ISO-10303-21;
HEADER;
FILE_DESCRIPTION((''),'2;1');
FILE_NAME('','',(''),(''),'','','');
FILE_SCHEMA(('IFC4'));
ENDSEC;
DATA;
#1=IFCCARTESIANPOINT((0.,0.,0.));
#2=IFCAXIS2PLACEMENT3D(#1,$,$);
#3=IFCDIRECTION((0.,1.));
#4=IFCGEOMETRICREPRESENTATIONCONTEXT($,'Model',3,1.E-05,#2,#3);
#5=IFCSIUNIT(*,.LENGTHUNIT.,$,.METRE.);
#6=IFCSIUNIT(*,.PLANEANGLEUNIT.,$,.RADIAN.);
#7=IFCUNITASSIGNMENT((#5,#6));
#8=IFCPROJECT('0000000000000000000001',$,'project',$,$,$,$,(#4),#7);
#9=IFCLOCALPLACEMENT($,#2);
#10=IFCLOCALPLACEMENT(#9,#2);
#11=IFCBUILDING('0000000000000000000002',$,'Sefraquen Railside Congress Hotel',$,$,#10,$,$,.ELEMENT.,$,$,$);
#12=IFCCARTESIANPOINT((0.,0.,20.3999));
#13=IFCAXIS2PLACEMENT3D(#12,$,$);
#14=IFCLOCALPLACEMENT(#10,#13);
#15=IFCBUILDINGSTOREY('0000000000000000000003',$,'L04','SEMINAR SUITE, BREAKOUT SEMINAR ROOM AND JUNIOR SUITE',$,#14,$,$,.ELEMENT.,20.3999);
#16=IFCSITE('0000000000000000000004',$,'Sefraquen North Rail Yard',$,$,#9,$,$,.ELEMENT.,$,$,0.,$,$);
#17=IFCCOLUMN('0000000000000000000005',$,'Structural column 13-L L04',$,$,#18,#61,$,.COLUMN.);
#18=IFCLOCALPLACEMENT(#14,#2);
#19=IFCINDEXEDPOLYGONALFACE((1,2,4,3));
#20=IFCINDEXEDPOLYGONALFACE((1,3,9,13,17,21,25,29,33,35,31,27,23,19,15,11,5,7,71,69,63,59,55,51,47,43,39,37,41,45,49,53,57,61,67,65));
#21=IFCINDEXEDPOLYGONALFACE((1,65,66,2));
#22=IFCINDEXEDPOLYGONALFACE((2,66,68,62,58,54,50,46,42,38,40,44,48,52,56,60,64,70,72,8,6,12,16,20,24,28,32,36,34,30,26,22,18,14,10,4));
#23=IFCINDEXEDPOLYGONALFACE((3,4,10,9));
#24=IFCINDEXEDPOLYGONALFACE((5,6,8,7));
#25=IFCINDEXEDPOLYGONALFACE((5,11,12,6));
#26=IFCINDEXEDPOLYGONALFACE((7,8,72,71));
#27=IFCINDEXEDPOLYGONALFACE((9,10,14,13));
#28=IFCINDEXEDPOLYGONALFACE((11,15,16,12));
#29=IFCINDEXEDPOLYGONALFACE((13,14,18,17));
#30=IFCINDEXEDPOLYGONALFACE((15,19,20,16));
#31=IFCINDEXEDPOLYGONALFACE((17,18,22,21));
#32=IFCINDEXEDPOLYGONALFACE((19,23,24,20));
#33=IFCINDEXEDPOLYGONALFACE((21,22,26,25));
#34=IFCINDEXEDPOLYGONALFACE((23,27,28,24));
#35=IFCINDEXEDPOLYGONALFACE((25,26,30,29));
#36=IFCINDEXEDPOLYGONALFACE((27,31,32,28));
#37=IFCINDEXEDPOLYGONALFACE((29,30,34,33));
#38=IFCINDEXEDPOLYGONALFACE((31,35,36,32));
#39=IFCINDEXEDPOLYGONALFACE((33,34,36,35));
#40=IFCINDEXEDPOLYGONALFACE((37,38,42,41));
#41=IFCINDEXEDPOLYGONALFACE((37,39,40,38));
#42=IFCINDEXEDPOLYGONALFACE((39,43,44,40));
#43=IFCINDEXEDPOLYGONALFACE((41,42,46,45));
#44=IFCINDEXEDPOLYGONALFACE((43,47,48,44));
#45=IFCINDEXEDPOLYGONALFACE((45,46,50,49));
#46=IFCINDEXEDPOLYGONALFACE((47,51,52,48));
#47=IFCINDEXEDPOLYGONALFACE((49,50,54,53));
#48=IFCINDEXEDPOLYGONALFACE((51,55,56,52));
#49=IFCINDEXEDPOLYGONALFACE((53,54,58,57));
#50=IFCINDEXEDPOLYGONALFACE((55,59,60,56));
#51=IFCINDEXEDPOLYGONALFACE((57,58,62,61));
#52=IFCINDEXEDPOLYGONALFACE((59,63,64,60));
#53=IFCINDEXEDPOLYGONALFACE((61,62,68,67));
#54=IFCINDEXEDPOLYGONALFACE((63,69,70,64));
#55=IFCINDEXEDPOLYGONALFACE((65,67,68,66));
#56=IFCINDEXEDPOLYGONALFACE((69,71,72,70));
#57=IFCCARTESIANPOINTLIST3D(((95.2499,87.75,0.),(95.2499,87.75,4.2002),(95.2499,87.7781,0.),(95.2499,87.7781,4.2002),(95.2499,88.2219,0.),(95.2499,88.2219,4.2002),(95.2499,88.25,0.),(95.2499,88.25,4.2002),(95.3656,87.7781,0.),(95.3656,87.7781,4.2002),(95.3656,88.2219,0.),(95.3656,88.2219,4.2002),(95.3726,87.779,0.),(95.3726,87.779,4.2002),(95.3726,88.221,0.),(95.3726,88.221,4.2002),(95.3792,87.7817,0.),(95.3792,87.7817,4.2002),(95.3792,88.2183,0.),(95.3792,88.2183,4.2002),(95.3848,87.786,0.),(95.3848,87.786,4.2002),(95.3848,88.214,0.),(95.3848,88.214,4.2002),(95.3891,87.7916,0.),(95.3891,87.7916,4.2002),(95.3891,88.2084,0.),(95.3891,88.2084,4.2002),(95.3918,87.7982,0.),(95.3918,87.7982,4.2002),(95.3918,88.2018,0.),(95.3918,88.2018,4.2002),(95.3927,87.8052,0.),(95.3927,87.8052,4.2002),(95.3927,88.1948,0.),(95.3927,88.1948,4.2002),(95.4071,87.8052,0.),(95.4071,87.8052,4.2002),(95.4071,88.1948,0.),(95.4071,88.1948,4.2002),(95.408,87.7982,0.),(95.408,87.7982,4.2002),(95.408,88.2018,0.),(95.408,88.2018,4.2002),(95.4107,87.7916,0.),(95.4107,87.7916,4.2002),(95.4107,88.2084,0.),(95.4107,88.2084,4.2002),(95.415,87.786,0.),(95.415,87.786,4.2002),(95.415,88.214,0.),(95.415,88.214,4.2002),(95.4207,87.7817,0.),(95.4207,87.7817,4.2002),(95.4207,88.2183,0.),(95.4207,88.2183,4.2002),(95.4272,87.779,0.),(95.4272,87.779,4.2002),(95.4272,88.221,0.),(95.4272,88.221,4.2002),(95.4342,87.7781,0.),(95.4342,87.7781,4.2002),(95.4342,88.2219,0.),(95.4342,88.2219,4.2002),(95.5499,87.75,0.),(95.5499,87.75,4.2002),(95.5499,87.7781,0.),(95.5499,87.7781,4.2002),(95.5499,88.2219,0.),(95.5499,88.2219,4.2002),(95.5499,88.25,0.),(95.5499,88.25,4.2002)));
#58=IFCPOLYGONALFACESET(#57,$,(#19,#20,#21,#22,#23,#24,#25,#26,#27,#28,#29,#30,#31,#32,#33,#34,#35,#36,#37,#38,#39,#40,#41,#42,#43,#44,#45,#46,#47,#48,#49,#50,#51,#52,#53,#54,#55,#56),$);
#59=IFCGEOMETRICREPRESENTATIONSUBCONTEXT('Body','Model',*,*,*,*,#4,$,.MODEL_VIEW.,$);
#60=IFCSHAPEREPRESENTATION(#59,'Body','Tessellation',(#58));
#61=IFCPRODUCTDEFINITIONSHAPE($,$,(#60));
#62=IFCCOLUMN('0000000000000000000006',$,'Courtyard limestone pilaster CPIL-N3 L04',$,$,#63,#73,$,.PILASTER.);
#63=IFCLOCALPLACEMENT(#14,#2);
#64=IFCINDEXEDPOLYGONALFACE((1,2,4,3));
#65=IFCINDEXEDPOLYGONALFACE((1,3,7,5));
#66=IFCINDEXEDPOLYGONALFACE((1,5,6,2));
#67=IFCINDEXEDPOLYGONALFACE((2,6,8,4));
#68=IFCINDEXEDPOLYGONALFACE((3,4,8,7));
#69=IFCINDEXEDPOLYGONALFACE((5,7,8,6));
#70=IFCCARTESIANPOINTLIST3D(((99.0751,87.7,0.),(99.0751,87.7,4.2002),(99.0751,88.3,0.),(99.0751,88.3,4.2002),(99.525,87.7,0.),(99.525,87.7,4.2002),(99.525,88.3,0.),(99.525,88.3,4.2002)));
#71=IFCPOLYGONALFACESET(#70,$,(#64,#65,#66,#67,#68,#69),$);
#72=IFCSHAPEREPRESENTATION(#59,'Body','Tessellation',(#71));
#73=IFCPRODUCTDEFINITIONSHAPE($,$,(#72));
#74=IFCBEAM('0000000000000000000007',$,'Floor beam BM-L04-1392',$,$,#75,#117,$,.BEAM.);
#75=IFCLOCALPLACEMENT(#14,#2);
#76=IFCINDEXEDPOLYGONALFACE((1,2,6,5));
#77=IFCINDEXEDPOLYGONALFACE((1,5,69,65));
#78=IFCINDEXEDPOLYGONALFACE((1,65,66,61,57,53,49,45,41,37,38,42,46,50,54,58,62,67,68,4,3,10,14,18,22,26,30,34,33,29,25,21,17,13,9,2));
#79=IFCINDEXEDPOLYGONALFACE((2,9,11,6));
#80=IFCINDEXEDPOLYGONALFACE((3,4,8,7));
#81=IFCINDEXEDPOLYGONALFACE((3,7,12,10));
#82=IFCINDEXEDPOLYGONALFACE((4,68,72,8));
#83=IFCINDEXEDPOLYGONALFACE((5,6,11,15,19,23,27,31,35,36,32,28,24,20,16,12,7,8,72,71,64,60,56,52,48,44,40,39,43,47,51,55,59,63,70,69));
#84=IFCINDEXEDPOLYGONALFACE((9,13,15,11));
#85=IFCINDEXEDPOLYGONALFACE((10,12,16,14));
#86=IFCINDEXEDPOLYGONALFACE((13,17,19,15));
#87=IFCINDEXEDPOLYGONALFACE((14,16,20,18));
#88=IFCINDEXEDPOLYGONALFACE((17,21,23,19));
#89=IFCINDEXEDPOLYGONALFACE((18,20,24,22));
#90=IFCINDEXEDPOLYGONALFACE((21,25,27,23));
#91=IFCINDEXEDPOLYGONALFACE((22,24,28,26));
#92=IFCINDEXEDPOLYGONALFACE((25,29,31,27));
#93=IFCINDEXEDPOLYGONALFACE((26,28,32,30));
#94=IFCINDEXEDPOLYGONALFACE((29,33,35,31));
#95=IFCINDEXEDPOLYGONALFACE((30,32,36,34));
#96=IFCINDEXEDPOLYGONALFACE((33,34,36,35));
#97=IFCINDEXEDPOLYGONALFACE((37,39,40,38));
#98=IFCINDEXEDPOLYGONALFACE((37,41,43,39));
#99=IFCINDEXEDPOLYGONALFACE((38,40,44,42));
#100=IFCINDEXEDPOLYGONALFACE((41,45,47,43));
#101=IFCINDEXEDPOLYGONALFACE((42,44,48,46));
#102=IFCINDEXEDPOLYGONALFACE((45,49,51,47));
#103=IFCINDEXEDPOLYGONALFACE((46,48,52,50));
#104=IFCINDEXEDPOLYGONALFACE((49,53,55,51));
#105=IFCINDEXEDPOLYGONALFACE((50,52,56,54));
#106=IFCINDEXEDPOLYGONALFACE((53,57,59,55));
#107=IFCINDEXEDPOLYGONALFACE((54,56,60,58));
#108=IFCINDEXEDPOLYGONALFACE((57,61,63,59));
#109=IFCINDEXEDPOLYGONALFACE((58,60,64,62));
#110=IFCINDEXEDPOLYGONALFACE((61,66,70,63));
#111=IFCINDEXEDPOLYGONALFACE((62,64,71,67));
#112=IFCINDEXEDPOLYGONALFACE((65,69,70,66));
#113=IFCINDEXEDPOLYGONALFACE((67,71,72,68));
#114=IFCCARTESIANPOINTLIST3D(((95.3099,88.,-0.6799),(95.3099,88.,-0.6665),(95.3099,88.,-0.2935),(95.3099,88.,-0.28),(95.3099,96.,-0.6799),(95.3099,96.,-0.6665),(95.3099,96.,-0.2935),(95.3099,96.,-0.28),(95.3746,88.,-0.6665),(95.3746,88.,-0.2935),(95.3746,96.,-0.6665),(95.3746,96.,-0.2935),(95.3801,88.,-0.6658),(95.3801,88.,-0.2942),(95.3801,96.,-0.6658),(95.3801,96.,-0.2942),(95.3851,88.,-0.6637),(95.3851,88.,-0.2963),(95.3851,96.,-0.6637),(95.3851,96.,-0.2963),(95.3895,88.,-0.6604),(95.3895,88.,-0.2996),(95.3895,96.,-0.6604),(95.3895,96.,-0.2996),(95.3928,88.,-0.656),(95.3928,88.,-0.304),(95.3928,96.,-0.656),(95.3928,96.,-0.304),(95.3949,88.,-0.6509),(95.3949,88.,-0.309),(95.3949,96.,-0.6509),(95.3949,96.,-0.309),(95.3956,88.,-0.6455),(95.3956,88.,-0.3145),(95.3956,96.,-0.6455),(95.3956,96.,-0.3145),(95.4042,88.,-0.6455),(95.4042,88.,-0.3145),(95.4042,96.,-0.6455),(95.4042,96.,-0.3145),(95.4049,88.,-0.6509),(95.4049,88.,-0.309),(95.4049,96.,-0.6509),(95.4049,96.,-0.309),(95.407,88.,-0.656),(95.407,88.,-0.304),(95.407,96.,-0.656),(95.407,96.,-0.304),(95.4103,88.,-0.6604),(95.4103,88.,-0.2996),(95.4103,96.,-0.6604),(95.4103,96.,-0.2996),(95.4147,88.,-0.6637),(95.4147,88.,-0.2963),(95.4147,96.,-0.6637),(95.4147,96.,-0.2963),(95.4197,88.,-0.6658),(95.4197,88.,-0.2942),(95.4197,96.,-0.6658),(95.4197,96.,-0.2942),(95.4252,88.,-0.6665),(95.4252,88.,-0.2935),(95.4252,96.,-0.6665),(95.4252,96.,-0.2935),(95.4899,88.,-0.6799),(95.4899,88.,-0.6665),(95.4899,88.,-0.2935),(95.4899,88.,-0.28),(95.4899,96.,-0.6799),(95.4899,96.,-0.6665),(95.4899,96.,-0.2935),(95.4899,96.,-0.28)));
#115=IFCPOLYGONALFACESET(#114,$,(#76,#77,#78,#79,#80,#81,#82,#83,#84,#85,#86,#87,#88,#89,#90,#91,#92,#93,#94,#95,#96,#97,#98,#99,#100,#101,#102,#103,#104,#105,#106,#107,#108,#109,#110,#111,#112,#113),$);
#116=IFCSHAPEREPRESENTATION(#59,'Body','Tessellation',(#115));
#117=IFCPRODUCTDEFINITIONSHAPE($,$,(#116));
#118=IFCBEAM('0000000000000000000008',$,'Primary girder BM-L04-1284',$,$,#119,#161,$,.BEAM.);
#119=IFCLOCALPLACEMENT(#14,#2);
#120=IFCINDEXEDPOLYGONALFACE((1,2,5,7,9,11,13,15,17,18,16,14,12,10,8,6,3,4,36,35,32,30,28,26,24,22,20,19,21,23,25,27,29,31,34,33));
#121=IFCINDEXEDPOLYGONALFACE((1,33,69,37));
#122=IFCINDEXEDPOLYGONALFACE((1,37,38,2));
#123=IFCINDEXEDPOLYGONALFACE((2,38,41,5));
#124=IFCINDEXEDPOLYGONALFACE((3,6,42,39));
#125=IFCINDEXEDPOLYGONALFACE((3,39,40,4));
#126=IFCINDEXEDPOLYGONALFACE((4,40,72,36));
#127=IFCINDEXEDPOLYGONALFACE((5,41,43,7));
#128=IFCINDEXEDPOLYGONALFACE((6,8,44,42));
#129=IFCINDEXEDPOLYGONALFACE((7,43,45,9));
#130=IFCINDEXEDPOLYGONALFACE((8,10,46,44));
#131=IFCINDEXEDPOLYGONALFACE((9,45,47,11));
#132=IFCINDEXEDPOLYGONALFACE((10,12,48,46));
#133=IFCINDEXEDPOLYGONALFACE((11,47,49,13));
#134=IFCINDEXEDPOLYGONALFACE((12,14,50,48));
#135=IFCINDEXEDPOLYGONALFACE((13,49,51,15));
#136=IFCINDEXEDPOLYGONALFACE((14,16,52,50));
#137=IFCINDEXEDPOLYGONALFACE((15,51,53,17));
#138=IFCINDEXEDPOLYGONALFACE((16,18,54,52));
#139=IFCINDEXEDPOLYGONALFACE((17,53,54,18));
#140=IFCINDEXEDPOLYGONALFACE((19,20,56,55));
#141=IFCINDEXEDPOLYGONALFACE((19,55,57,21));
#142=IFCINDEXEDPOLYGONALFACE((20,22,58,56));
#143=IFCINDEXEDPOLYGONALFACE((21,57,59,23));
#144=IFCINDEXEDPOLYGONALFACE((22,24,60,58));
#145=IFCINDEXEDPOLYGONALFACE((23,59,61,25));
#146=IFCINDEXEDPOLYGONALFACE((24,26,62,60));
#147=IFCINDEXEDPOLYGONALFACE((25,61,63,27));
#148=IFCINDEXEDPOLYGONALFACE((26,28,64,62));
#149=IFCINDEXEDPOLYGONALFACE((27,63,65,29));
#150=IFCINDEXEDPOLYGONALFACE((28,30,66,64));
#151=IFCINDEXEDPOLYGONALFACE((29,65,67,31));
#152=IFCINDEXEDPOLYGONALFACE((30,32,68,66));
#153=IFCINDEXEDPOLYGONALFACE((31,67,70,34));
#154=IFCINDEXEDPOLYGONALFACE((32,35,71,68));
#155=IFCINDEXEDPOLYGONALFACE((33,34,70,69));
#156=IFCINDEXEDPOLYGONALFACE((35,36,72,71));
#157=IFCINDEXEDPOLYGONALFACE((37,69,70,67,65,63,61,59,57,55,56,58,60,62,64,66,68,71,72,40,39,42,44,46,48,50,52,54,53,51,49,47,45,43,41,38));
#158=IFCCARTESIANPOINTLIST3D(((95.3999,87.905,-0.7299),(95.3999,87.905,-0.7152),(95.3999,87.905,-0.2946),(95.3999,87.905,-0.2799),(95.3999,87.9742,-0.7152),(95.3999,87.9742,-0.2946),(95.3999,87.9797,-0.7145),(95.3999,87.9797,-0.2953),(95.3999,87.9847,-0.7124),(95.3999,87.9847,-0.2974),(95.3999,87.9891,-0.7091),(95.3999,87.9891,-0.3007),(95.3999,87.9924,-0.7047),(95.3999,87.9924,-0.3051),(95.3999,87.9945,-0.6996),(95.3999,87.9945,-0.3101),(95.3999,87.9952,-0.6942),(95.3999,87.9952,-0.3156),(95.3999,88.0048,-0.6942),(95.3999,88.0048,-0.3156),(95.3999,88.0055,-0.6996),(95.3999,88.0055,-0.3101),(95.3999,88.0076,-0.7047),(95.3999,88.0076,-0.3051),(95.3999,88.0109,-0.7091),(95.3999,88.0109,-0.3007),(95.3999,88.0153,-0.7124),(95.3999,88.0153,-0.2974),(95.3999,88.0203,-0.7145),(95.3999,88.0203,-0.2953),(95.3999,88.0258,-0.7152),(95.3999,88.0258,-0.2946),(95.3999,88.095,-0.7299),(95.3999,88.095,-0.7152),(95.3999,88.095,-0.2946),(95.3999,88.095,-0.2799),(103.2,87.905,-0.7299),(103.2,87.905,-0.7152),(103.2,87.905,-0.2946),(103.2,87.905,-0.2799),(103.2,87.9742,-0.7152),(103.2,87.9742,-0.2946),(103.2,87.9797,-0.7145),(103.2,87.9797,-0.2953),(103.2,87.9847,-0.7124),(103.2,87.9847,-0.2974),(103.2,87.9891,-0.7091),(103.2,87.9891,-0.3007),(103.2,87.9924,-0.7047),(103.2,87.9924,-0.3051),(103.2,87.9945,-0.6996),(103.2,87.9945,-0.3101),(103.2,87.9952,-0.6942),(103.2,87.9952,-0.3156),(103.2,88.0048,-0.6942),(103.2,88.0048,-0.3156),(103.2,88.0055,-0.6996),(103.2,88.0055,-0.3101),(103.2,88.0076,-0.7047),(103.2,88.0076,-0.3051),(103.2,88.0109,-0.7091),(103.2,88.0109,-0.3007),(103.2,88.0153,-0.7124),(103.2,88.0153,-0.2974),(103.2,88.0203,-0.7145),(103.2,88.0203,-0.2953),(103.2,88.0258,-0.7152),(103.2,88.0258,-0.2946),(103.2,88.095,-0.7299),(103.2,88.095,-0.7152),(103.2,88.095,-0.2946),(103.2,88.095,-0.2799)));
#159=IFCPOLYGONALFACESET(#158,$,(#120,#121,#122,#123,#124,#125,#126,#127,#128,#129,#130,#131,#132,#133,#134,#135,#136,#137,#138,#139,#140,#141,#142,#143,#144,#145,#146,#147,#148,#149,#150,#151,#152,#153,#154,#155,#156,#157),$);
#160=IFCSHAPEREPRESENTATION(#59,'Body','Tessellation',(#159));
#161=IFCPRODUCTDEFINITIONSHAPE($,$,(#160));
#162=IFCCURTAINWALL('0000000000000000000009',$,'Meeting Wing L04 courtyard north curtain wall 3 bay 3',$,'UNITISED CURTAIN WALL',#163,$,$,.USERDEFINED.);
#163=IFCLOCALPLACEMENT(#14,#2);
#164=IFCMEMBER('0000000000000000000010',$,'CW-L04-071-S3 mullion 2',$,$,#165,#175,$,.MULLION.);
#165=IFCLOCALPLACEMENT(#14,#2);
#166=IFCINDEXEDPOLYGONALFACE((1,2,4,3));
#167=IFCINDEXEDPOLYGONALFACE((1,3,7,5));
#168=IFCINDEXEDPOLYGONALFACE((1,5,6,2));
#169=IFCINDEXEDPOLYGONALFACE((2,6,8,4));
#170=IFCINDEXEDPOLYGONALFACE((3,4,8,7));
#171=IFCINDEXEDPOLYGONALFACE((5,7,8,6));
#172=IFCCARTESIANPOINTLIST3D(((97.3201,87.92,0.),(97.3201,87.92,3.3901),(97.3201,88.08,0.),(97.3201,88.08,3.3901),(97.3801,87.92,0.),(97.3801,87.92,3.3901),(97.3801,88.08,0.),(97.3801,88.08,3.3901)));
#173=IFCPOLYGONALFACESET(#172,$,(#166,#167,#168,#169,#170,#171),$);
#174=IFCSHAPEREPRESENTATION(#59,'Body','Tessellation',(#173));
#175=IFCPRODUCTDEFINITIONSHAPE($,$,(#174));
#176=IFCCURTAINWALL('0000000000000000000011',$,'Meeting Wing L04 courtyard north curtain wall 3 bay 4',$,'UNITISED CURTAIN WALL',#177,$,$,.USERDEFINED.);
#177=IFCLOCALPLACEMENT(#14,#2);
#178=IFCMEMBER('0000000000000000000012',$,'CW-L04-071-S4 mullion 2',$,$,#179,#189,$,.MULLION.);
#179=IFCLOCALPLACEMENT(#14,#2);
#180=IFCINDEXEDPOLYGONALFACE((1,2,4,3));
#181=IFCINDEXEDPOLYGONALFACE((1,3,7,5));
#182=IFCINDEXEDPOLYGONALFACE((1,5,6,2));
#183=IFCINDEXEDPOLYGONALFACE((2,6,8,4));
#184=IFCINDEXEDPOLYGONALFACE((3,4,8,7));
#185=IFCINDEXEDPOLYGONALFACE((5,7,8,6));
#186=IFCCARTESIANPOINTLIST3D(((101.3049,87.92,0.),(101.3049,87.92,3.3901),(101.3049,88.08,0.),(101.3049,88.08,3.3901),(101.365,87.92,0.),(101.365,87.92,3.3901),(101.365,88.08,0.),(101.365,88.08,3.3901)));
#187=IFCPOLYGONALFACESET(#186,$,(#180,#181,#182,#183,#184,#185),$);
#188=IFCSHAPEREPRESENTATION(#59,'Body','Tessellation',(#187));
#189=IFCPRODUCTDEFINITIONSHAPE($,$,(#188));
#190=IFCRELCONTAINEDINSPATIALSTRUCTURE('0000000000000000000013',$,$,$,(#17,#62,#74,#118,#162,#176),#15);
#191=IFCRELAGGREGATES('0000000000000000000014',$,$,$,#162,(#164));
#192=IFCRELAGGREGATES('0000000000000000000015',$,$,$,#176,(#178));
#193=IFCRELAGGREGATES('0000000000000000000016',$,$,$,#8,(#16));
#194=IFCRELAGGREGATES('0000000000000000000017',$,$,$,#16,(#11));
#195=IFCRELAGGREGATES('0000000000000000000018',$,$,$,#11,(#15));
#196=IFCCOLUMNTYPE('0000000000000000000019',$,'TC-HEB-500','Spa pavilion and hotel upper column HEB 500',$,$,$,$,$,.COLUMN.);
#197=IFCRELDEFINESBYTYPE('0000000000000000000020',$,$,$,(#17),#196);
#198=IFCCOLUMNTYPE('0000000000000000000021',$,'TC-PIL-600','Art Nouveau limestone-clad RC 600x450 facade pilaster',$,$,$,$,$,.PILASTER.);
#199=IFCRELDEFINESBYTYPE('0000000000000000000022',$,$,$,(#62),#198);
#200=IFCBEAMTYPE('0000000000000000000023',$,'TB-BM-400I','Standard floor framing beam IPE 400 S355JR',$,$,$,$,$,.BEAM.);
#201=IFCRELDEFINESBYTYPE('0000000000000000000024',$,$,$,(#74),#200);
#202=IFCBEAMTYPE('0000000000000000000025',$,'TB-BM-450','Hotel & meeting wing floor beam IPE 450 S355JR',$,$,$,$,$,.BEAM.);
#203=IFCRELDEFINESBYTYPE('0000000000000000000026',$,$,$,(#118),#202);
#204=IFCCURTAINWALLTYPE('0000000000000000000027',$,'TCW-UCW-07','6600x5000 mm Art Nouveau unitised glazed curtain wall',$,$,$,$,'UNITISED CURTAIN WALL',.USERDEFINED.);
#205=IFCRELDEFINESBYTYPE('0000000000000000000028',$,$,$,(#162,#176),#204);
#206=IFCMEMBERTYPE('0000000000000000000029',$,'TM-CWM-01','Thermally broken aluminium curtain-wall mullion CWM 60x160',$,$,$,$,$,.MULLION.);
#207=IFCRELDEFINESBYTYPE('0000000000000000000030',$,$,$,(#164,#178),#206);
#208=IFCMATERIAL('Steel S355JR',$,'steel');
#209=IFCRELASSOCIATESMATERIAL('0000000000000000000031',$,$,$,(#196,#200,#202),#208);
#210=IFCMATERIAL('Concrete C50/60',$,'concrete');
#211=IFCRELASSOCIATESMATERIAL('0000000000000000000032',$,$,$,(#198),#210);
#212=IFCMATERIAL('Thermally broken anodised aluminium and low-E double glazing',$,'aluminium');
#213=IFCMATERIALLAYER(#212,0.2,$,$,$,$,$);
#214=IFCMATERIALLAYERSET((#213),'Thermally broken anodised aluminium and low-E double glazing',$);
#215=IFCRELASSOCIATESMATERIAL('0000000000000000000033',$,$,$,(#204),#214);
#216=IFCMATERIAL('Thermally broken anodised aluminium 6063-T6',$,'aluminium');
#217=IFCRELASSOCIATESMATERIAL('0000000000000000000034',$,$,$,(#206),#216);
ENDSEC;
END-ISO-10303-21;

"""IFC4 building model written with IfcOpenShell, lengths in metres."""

from ifc_helpers import new_model, si_unit, direction, frame, origin, origin_2d, place, context, subcontext, project, spatial, rectangle, i_section, extrude, material, layer, layer_set, material_profile, profile_set, type_object, element, aggregate, save


model = new_model("IFC4")

# Units and contexts
model_context = context("Model", 3, precision=1e-05, world=origin(), true_north=direction((0.0, 1.0)))
body_context = subcontext(model_context, "Body", "Model", "MODEL_VIEW")
ifc_project = project(units=[si_unit("LENGTHUNIT", "METRE"), si_unit("PLANEANGLEUNIT", "RADIAN")], contexts=[model_context])

# Site, building, storey
site_placement = place(None, origin())
site = spatial("IfcSite", under=ifc_project, at=site_placement, Name="Sefraquen North Rail Yard", CompositionType="ELEMENT", RefElevation=0.0)
building_placement = place(site_placement, origin())
building = spatial("IfcBuilding", under=site, at=building_placement, Name="Sefraquen Railside Congress Hotel", CompositionType="ELEMENT")
storey_placement = place(building_placement, frame((0.0, 0.0, 20.3999)))
storey = spatial("IfcBuildingStorey", under=building, at=storey_placement, Name="L04", Description="SEMINAR SUITE, BREAKOUT SEMINAR ROOM AND JUNIOR SUITE", CompositionType="ELEMENT", Elevation=20.3999)

# Columns
ifc_material_1 = material(Name="Steel S355JR", Category="steel")
ifc_material_profile_1 = material_profile(ifc_material_1, i_section(OverallWidth=0.3, OverallDepth=0.5, WebThickness=0.0144, FlangeThickness=0.0281, FilletRadius=0.0271, at=origin_2d()), Name="HEB 500")
ifc_profile_set_1 = profile_set([ifc_material_profile_1], Name="Steel S355JR")
column_type_1 = type_object("IfcColumnType", Name="TC-HEB-500", Description="Spa pavilion and hotel upper column HEB 500", PredefinedType="COLUMN", material=ifc_profile_set_1)
column_1_placement = place(storey_placement, frame((95.3999, 88.0, 0.0), z_axis=(0.0, 0.0, 1.0), x_axis=(1.0, 0.0, 0.0)))
element("IfcColumn", 1, at=column_1_placement, inside=storey, type_object=column_type_1, Name="Structural column 13-L L04", PredefinedType="COLUMN", context=body_context, shape_type="SweptSolid", body=[
    extrude(i_section(OverallWidth=0.3, OverallDepth=0.5, WebThickness=0.0144, FlangeThickness=0.0281, FilletRadius=0.0271, at=origin_2d()), origin(), (0.0, 0.0, 1.0), 4.2002),
])
ifc_material_2 = material(Name="Concrete C50/60", Category="concrete")
ifc_material_profile_2 = material_profile(ifc_material_2, rectangle(XDim=0.45, YDim=0.6001, at=origin_2d()), Name="RC 600x450")
ifc_profile_set_2 = profile_set([ifc_material_profile_2], Name="Concrete C50/60")
column_type_2 = type_object("IfcColumnType", Name="TC-PIL-600", Description="Art Nouveau limestone-clad RC 600x450 facade pilaster", PredefinedType="PILASTER", material=ifc_profile_set_2)
column_2_placement = place(storey_placement, frame((99.3, 88.0, 0.0), z_axis=(0.0, 0.0, 1.0), x_axis=(1.0, 0.0, 0.0)))
element("IfcColumn", 2, at=column_2_placement, inside=storey, type_object=column_type_2, Name="Courtyard limestone pilaster CPIL-N3 L04", PredefinedType="PILASTER", context=body_context, shape_type="SweptSolid", body=[
    extrude(rectangle(XDim=0.45, YDim=0.6001, at=origin_2d()), origin(), (0.0, 0.0, 1.0), 4.2002),
])

# Beams
ifc_material_profile_3 = material_profile(ifc_material_1, i_section(OverallWidth=0.1799, OverallDepth=0.3999, WebThickness=0.0085, FlangeThickness=0.0134, FilletRadius=0.021, at=origin_2d()), Name="IPE 400")
ifc_profile_set_3 = profile_set([ifc_material_profile_3], Name="Steel S355JR")
beam_type_1 = type_object("IfcBeamType", Name="TB-BM-400I", Description="Standard floor framing beam IPE 400 S355JR", PredefinedType="BEAM", material=ifc_profile_set_3)
beam_1_placement = place(storey_placement, frame((95.3999, 88.0, -0.48), z_axis=(0.0, 1.0, 0.0), x_axis=(-1.0, 0.0, 0.0)))
element("IfcBeam", 3, at=beam_1_placement, inside=storey, type_object=beam_type_1, Name="Floor beam BM-L04-1392", PredefinedType="BEAM", context=body_context, shape_type="SweptSolid", body=[
    extrude(i_section(OverallWidth=0.1799, OverallDepth=0.3999, WebThickness=0.0085, FlangeThickness=0.0134, FilletRadius=0.021, at=origin_2d()), origin(), (0.0, 0.0, 1.0), 8.0),
])
ifc_material_profile_4 = material_profile(ifc_material_1, i_section(OverallWidth=0.1899, OverallDepth=0.45, WebThickness=0.0095, FlangeThickness=0.0146, FilletRadius=0.021, at=origin_2d()), Name="IPE 450")
ifc_profile_set_4 = profile_set([ifc_material_profile_4], Name="Steel S355JR")
beam_type_2 = type_object("IfcBeamType", Name="TB-BM-450", Description="Hotel & meeting wing floor beam IPE 450 S355JR", PredefinedType="BEAM", material=ifc_profile_set_4)
beam_2_placement = place(storey_placement, frame((95.3999, 88.0, -0.5049), z_axis=(1.0, 0.0, 0.0), x_axis=(0.0, 1.0, 0.0)))
element("IfcBeam", 4, at=beam_2_placement, inside=storey, type_object=beam_type_2, Name="Primary girder BM-L04-1284", PredefinedType="BEAM", context=body_context, shape_type="SweptSolid", body=[
    extrude(i_section(OverallWidth=0.1899, OverallDepth=0.45, WebThickness=0.0095, FlangeThickness=0.0146, FilletRadius=0.021, at=origin_2d()), origin(), (0.0, 0.0, 1.0), 7.8),
])

# Curtain walls, members
ifc_material_3 = material(Name="Thermally broken anodised aluminium and low-E double glazing", Category="aluminium")
ifc_layer_1 = layer(ifc_material_3, 0.2)
ifc_layer_set_1 = layer_set([ifc_layer_1], Name="Thermally broken anodised aluminium and low-E double glazing")
curtain_wall_type = type_object("IfcCurtainWallType", Name="TCW-UCW-07", Description="6600x5000 mm Art Nouveau unitised glazed curtain wall", ElementType="UNITISED CURTAIN WALL", PredefinedType="USERDEFINED", material=ifc_layer_set_1)
curtain_wall_1_placement = place(storey_placement, origin())
curtain_wall_1 = element("IfcCurtainWall", 5, at=curtain_wall_1_placement, inside=storey, type_object=curtain_wall_type, Name="Meeting Wing L04 courtyard north curtain wall 3 bay 3", ObjectType="UNITISED CURTAIN WALL", PredefinedType="USERDEFINED")
ifc_material_4 = material(Name="Thermally broken anodised aluminium 6063-T6", Category="aluminium")
ifc_material_profile_5 = material_profile(ifc_material_4, rectangle(XDim=0.0601, YDim=0.1599, at=origin_2d()), Name="CWM 60x160")
ifc_profile_set_5 = profile_set([ifc_material_profile_5], Name="Thermally broken anodised aluminium 6063-T6")
member_type_1 = type_object("IfcMemberType", Name="TM-CWM-01", Description="Thermally broken aluminium curtain-wall mullion CWM 60x160", PredefinedType="MULLION", material=ifc_profile_set_5)
member_1_placement = place(storey_placement, frame((97.3501, 88.0, 0.0), z_axis=(0.0, 0.0, 1.0), x_axis=(1.0, 0.0, 0.0)))
member_1 = element("IfcMember", 6, at=member_1_placement, type_object=member_type_1, Name="CW-L04-071-S3 mullion 2", PredefinedType="MULLION", context=body_context, shape_type="SweptSolid", body=[
    extrude(rectangle(XDim=0.0601, YDim=0.1599, at=origin_2d()), origin(), (0.0, 0.0, 1.0), 3.3901),
])
curtain_wall_2_placement = place(storey_placement, origin())
curtain_wall_2 = element("IfcCurtainWall", 7, at=curtain_wall_2_placement, inside=storey, type_object=curtain_wall_type, Name="Meeting Wing L04 courtyard north curtain wall 3 bay 4", ObjectType="UNITISED CURTAIN WALL", PredefinedType="USERDEFINED")
member_2_placement = place(storey_placement, frame((101.335, 88.0, 0.0), z_axis=(0.0, 0.0, 1.0), x_axis=(1.0, 0.0, 0.0)))
member_2 = element("IfcMember", 8, at=member_2_placement, type_object=member_type_1, Name="CW-L04-071-S4 mullion 2", PredefinedType="MULLION", context=body_context, shape_type="SweptSolid", body=[
    extrude(rectangle(XDim=0.0601, YDim=0.1599, at=origin_2d()), origin(), (0.0, 0.0, 1.0), 3.3901),
])

aggregate(curtain_wall_1, [member_1])
aggregate(curtain_wall_2, [member_2])

save(model, "model.ifc")
